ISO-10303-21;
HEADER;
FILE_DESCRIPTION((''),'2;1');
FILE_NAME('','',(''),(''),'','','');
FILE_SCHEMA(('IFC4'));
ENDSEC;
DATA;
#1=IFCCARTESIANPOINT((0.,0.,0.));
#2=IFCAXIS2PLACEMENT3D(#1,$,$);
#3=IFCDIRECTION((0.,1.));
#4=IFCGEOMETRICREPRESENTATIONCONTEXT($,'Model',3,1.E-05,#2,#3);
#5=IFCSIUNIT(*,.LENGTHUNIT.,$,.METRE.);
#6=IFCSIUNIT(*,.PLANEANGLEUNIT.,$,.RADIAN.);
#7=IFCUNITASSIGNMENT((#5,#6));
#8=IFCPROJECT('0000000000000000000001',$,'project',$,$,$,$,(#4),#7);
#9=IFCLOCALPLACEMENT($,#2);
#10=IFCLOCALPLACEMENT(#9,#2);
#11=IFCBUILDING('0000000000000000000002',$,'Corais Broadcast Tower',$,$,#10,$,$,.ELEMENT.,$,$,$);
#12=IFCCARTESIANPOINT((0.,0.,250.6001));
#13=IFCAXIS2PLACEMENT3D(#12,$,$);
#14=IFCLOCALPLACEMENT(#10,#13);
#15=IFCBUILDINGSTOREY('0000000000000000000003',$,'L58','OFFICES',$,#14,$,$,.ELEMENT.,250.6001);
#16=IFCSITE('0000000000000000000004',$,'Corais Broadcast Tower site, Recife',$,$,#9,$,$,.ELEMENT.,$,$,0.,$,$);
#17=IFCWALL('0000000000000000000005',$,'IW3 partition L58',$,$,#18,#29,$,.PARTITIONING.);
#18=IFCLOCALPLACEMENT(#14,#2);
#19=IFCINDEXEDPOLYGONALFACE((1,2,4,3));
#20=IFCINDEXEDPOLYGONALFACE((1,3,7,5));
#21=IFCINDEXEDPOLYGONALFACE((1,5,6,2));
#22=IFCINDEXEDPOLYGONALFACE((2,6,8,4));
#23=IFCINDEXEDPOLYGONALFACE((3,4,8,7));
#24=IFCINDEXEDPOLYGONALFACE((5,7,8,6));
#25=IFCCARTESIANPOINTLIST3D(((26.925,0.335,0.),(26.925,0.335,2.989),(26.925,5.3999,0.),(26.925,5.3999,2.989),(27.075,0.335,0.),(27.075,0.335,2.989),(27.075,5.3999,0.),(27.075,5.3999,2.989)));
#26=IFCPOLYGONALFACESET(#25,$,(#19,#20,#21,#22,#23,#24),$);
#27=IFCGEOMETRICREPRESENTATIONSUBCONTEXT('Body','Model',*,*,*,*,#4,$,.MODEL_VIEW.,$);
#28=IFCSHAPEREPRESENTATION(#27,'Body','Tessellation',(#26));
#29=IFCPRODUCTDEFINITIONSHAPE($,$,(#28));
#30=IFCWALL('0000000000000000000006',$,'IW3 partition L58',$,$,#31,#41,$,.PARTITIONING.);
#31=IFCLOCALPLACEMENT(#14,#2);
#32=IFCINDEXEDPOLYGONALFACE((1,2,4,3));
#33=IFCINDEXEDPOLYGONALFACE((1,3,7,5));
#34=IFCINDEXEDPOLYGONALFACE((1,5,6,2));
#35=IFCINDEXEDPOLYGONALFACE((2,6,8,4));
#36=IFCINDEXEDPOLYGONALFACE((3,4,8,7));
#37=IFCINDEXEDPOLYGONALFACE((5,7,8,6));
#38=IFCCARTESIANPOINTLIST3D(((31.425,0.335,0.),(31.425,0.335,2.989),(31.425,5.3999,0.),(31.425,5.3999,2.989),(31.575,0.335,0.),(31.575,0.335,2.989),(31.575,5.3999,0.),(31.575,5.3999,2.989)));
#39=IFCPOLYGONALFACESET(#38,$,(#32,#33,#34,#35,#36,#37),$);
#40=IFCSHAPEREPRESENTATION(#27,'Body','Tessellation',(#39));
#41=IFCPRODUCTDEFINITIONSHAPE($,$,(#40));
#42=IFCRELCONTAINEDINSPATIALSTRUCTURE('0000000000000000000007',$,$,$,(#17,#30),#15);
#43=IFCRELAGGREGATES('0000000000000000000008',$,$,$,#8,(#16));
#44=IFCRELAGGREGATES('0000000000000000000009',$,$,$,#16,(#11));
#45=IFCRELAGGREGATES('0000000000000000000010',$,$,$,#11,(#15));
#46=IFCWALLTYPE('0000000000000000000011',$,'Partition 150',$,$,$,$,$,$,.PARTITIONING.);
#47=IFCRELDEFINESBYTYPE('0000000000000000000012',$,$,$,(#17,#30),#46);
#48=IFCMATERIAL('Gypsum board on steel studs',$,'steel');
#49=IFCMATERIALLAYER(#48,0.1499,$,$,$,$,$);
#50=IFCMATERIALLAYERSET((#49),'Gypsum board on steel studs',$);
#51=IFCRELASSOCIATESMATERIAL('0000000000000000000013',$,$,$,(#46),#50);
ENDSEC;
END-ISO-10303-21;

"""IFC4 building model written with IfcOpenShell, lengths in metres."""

from ifc_helpers import new_model, si_unit, direction, frame, frame_2d, origin, place, context, subcontext, project, spatial, rectangle, extrude, material, layer, layer_set, type_object, element, save


model = new_model("IFC4")

# Units and contexts
model_context = context("Model", 3, precision=1e-05, world=origin(), true_north=direction((0.0, 1.0)))
body_context = subcontext(model_context, "Body", "Model", "MODEL_VIEW")
ifc_project = project(units=[si_unit("LENGTHUNIT", "METRE"), si_unit("PLANEANGLEUNIT", "RADIAN")], contexts=[model_context])

# Site, building, storey
site_placement = place(None, origin())
site = spatial("IfcSite", under=ifc_project, at=site_placement, Name="Corais Broadcast Tower site, Recife", CompositionType="ELEMENT", RefElevation=0.0)
building_placement = place(site_placement, origin())
building = spatial("IfcBuilding", under=site, at=building_placement, Name="Corais Broadcast Tower", CompositionType="ELEMENT")
storey_placement = place(building_placement, frame((0.0, 0.0, 250.6001)))
storey = spatial("IfcBuildingStorey", under=building, at=storey_placement, Name="L58", Description="OFFICES", CompositionType="ELEMENT", Elevation=250.6001)

# Walls
ifc_material_1 = material(Name="Gypsum board on steel studs", Category="steel")
ifc_layer_1 = layer(ifc_material_1, 0.1499)
ifc_layer_set_1 = layer_set([ifc_layer_1], Name="Gypsum board on steel studs")
wall_type = type_object("IfcWallType", Name="Partition 150", PredefinedType="PARTITIONING", material=ifc_layer_set_1)
for number, where, z_axis, x_axis, name in (
    (1, (27.0, 0.335, 0.0), (0.0, 0.0, 1.0), (0.0, 1.0, 0.0), "IW3 partition L58"),
    (2, (31.5, 0.335, 0.0), (0.0, 0.0, 1.0), (0.0, 1.0, 0.0), "IW3 partition L58"),
):
    element("IfcWall", number, at=place(storey_placement, frame(where, z_axis=z_axis, x_axis=x_axis)), inside=storey, type_object=wall_type, Name=name, PredefinedType="PARTITIONING", context=body_context, shape_type="SweptSolid", body=[
        extrude(rectangle(XDim=5.0649, YDim=0.1499, at=frame_2d((2.5325, 0.0))), origin(), (0.0, 0.0, 1.0), 2.989),
    ])

save(model, "model.ifc")
